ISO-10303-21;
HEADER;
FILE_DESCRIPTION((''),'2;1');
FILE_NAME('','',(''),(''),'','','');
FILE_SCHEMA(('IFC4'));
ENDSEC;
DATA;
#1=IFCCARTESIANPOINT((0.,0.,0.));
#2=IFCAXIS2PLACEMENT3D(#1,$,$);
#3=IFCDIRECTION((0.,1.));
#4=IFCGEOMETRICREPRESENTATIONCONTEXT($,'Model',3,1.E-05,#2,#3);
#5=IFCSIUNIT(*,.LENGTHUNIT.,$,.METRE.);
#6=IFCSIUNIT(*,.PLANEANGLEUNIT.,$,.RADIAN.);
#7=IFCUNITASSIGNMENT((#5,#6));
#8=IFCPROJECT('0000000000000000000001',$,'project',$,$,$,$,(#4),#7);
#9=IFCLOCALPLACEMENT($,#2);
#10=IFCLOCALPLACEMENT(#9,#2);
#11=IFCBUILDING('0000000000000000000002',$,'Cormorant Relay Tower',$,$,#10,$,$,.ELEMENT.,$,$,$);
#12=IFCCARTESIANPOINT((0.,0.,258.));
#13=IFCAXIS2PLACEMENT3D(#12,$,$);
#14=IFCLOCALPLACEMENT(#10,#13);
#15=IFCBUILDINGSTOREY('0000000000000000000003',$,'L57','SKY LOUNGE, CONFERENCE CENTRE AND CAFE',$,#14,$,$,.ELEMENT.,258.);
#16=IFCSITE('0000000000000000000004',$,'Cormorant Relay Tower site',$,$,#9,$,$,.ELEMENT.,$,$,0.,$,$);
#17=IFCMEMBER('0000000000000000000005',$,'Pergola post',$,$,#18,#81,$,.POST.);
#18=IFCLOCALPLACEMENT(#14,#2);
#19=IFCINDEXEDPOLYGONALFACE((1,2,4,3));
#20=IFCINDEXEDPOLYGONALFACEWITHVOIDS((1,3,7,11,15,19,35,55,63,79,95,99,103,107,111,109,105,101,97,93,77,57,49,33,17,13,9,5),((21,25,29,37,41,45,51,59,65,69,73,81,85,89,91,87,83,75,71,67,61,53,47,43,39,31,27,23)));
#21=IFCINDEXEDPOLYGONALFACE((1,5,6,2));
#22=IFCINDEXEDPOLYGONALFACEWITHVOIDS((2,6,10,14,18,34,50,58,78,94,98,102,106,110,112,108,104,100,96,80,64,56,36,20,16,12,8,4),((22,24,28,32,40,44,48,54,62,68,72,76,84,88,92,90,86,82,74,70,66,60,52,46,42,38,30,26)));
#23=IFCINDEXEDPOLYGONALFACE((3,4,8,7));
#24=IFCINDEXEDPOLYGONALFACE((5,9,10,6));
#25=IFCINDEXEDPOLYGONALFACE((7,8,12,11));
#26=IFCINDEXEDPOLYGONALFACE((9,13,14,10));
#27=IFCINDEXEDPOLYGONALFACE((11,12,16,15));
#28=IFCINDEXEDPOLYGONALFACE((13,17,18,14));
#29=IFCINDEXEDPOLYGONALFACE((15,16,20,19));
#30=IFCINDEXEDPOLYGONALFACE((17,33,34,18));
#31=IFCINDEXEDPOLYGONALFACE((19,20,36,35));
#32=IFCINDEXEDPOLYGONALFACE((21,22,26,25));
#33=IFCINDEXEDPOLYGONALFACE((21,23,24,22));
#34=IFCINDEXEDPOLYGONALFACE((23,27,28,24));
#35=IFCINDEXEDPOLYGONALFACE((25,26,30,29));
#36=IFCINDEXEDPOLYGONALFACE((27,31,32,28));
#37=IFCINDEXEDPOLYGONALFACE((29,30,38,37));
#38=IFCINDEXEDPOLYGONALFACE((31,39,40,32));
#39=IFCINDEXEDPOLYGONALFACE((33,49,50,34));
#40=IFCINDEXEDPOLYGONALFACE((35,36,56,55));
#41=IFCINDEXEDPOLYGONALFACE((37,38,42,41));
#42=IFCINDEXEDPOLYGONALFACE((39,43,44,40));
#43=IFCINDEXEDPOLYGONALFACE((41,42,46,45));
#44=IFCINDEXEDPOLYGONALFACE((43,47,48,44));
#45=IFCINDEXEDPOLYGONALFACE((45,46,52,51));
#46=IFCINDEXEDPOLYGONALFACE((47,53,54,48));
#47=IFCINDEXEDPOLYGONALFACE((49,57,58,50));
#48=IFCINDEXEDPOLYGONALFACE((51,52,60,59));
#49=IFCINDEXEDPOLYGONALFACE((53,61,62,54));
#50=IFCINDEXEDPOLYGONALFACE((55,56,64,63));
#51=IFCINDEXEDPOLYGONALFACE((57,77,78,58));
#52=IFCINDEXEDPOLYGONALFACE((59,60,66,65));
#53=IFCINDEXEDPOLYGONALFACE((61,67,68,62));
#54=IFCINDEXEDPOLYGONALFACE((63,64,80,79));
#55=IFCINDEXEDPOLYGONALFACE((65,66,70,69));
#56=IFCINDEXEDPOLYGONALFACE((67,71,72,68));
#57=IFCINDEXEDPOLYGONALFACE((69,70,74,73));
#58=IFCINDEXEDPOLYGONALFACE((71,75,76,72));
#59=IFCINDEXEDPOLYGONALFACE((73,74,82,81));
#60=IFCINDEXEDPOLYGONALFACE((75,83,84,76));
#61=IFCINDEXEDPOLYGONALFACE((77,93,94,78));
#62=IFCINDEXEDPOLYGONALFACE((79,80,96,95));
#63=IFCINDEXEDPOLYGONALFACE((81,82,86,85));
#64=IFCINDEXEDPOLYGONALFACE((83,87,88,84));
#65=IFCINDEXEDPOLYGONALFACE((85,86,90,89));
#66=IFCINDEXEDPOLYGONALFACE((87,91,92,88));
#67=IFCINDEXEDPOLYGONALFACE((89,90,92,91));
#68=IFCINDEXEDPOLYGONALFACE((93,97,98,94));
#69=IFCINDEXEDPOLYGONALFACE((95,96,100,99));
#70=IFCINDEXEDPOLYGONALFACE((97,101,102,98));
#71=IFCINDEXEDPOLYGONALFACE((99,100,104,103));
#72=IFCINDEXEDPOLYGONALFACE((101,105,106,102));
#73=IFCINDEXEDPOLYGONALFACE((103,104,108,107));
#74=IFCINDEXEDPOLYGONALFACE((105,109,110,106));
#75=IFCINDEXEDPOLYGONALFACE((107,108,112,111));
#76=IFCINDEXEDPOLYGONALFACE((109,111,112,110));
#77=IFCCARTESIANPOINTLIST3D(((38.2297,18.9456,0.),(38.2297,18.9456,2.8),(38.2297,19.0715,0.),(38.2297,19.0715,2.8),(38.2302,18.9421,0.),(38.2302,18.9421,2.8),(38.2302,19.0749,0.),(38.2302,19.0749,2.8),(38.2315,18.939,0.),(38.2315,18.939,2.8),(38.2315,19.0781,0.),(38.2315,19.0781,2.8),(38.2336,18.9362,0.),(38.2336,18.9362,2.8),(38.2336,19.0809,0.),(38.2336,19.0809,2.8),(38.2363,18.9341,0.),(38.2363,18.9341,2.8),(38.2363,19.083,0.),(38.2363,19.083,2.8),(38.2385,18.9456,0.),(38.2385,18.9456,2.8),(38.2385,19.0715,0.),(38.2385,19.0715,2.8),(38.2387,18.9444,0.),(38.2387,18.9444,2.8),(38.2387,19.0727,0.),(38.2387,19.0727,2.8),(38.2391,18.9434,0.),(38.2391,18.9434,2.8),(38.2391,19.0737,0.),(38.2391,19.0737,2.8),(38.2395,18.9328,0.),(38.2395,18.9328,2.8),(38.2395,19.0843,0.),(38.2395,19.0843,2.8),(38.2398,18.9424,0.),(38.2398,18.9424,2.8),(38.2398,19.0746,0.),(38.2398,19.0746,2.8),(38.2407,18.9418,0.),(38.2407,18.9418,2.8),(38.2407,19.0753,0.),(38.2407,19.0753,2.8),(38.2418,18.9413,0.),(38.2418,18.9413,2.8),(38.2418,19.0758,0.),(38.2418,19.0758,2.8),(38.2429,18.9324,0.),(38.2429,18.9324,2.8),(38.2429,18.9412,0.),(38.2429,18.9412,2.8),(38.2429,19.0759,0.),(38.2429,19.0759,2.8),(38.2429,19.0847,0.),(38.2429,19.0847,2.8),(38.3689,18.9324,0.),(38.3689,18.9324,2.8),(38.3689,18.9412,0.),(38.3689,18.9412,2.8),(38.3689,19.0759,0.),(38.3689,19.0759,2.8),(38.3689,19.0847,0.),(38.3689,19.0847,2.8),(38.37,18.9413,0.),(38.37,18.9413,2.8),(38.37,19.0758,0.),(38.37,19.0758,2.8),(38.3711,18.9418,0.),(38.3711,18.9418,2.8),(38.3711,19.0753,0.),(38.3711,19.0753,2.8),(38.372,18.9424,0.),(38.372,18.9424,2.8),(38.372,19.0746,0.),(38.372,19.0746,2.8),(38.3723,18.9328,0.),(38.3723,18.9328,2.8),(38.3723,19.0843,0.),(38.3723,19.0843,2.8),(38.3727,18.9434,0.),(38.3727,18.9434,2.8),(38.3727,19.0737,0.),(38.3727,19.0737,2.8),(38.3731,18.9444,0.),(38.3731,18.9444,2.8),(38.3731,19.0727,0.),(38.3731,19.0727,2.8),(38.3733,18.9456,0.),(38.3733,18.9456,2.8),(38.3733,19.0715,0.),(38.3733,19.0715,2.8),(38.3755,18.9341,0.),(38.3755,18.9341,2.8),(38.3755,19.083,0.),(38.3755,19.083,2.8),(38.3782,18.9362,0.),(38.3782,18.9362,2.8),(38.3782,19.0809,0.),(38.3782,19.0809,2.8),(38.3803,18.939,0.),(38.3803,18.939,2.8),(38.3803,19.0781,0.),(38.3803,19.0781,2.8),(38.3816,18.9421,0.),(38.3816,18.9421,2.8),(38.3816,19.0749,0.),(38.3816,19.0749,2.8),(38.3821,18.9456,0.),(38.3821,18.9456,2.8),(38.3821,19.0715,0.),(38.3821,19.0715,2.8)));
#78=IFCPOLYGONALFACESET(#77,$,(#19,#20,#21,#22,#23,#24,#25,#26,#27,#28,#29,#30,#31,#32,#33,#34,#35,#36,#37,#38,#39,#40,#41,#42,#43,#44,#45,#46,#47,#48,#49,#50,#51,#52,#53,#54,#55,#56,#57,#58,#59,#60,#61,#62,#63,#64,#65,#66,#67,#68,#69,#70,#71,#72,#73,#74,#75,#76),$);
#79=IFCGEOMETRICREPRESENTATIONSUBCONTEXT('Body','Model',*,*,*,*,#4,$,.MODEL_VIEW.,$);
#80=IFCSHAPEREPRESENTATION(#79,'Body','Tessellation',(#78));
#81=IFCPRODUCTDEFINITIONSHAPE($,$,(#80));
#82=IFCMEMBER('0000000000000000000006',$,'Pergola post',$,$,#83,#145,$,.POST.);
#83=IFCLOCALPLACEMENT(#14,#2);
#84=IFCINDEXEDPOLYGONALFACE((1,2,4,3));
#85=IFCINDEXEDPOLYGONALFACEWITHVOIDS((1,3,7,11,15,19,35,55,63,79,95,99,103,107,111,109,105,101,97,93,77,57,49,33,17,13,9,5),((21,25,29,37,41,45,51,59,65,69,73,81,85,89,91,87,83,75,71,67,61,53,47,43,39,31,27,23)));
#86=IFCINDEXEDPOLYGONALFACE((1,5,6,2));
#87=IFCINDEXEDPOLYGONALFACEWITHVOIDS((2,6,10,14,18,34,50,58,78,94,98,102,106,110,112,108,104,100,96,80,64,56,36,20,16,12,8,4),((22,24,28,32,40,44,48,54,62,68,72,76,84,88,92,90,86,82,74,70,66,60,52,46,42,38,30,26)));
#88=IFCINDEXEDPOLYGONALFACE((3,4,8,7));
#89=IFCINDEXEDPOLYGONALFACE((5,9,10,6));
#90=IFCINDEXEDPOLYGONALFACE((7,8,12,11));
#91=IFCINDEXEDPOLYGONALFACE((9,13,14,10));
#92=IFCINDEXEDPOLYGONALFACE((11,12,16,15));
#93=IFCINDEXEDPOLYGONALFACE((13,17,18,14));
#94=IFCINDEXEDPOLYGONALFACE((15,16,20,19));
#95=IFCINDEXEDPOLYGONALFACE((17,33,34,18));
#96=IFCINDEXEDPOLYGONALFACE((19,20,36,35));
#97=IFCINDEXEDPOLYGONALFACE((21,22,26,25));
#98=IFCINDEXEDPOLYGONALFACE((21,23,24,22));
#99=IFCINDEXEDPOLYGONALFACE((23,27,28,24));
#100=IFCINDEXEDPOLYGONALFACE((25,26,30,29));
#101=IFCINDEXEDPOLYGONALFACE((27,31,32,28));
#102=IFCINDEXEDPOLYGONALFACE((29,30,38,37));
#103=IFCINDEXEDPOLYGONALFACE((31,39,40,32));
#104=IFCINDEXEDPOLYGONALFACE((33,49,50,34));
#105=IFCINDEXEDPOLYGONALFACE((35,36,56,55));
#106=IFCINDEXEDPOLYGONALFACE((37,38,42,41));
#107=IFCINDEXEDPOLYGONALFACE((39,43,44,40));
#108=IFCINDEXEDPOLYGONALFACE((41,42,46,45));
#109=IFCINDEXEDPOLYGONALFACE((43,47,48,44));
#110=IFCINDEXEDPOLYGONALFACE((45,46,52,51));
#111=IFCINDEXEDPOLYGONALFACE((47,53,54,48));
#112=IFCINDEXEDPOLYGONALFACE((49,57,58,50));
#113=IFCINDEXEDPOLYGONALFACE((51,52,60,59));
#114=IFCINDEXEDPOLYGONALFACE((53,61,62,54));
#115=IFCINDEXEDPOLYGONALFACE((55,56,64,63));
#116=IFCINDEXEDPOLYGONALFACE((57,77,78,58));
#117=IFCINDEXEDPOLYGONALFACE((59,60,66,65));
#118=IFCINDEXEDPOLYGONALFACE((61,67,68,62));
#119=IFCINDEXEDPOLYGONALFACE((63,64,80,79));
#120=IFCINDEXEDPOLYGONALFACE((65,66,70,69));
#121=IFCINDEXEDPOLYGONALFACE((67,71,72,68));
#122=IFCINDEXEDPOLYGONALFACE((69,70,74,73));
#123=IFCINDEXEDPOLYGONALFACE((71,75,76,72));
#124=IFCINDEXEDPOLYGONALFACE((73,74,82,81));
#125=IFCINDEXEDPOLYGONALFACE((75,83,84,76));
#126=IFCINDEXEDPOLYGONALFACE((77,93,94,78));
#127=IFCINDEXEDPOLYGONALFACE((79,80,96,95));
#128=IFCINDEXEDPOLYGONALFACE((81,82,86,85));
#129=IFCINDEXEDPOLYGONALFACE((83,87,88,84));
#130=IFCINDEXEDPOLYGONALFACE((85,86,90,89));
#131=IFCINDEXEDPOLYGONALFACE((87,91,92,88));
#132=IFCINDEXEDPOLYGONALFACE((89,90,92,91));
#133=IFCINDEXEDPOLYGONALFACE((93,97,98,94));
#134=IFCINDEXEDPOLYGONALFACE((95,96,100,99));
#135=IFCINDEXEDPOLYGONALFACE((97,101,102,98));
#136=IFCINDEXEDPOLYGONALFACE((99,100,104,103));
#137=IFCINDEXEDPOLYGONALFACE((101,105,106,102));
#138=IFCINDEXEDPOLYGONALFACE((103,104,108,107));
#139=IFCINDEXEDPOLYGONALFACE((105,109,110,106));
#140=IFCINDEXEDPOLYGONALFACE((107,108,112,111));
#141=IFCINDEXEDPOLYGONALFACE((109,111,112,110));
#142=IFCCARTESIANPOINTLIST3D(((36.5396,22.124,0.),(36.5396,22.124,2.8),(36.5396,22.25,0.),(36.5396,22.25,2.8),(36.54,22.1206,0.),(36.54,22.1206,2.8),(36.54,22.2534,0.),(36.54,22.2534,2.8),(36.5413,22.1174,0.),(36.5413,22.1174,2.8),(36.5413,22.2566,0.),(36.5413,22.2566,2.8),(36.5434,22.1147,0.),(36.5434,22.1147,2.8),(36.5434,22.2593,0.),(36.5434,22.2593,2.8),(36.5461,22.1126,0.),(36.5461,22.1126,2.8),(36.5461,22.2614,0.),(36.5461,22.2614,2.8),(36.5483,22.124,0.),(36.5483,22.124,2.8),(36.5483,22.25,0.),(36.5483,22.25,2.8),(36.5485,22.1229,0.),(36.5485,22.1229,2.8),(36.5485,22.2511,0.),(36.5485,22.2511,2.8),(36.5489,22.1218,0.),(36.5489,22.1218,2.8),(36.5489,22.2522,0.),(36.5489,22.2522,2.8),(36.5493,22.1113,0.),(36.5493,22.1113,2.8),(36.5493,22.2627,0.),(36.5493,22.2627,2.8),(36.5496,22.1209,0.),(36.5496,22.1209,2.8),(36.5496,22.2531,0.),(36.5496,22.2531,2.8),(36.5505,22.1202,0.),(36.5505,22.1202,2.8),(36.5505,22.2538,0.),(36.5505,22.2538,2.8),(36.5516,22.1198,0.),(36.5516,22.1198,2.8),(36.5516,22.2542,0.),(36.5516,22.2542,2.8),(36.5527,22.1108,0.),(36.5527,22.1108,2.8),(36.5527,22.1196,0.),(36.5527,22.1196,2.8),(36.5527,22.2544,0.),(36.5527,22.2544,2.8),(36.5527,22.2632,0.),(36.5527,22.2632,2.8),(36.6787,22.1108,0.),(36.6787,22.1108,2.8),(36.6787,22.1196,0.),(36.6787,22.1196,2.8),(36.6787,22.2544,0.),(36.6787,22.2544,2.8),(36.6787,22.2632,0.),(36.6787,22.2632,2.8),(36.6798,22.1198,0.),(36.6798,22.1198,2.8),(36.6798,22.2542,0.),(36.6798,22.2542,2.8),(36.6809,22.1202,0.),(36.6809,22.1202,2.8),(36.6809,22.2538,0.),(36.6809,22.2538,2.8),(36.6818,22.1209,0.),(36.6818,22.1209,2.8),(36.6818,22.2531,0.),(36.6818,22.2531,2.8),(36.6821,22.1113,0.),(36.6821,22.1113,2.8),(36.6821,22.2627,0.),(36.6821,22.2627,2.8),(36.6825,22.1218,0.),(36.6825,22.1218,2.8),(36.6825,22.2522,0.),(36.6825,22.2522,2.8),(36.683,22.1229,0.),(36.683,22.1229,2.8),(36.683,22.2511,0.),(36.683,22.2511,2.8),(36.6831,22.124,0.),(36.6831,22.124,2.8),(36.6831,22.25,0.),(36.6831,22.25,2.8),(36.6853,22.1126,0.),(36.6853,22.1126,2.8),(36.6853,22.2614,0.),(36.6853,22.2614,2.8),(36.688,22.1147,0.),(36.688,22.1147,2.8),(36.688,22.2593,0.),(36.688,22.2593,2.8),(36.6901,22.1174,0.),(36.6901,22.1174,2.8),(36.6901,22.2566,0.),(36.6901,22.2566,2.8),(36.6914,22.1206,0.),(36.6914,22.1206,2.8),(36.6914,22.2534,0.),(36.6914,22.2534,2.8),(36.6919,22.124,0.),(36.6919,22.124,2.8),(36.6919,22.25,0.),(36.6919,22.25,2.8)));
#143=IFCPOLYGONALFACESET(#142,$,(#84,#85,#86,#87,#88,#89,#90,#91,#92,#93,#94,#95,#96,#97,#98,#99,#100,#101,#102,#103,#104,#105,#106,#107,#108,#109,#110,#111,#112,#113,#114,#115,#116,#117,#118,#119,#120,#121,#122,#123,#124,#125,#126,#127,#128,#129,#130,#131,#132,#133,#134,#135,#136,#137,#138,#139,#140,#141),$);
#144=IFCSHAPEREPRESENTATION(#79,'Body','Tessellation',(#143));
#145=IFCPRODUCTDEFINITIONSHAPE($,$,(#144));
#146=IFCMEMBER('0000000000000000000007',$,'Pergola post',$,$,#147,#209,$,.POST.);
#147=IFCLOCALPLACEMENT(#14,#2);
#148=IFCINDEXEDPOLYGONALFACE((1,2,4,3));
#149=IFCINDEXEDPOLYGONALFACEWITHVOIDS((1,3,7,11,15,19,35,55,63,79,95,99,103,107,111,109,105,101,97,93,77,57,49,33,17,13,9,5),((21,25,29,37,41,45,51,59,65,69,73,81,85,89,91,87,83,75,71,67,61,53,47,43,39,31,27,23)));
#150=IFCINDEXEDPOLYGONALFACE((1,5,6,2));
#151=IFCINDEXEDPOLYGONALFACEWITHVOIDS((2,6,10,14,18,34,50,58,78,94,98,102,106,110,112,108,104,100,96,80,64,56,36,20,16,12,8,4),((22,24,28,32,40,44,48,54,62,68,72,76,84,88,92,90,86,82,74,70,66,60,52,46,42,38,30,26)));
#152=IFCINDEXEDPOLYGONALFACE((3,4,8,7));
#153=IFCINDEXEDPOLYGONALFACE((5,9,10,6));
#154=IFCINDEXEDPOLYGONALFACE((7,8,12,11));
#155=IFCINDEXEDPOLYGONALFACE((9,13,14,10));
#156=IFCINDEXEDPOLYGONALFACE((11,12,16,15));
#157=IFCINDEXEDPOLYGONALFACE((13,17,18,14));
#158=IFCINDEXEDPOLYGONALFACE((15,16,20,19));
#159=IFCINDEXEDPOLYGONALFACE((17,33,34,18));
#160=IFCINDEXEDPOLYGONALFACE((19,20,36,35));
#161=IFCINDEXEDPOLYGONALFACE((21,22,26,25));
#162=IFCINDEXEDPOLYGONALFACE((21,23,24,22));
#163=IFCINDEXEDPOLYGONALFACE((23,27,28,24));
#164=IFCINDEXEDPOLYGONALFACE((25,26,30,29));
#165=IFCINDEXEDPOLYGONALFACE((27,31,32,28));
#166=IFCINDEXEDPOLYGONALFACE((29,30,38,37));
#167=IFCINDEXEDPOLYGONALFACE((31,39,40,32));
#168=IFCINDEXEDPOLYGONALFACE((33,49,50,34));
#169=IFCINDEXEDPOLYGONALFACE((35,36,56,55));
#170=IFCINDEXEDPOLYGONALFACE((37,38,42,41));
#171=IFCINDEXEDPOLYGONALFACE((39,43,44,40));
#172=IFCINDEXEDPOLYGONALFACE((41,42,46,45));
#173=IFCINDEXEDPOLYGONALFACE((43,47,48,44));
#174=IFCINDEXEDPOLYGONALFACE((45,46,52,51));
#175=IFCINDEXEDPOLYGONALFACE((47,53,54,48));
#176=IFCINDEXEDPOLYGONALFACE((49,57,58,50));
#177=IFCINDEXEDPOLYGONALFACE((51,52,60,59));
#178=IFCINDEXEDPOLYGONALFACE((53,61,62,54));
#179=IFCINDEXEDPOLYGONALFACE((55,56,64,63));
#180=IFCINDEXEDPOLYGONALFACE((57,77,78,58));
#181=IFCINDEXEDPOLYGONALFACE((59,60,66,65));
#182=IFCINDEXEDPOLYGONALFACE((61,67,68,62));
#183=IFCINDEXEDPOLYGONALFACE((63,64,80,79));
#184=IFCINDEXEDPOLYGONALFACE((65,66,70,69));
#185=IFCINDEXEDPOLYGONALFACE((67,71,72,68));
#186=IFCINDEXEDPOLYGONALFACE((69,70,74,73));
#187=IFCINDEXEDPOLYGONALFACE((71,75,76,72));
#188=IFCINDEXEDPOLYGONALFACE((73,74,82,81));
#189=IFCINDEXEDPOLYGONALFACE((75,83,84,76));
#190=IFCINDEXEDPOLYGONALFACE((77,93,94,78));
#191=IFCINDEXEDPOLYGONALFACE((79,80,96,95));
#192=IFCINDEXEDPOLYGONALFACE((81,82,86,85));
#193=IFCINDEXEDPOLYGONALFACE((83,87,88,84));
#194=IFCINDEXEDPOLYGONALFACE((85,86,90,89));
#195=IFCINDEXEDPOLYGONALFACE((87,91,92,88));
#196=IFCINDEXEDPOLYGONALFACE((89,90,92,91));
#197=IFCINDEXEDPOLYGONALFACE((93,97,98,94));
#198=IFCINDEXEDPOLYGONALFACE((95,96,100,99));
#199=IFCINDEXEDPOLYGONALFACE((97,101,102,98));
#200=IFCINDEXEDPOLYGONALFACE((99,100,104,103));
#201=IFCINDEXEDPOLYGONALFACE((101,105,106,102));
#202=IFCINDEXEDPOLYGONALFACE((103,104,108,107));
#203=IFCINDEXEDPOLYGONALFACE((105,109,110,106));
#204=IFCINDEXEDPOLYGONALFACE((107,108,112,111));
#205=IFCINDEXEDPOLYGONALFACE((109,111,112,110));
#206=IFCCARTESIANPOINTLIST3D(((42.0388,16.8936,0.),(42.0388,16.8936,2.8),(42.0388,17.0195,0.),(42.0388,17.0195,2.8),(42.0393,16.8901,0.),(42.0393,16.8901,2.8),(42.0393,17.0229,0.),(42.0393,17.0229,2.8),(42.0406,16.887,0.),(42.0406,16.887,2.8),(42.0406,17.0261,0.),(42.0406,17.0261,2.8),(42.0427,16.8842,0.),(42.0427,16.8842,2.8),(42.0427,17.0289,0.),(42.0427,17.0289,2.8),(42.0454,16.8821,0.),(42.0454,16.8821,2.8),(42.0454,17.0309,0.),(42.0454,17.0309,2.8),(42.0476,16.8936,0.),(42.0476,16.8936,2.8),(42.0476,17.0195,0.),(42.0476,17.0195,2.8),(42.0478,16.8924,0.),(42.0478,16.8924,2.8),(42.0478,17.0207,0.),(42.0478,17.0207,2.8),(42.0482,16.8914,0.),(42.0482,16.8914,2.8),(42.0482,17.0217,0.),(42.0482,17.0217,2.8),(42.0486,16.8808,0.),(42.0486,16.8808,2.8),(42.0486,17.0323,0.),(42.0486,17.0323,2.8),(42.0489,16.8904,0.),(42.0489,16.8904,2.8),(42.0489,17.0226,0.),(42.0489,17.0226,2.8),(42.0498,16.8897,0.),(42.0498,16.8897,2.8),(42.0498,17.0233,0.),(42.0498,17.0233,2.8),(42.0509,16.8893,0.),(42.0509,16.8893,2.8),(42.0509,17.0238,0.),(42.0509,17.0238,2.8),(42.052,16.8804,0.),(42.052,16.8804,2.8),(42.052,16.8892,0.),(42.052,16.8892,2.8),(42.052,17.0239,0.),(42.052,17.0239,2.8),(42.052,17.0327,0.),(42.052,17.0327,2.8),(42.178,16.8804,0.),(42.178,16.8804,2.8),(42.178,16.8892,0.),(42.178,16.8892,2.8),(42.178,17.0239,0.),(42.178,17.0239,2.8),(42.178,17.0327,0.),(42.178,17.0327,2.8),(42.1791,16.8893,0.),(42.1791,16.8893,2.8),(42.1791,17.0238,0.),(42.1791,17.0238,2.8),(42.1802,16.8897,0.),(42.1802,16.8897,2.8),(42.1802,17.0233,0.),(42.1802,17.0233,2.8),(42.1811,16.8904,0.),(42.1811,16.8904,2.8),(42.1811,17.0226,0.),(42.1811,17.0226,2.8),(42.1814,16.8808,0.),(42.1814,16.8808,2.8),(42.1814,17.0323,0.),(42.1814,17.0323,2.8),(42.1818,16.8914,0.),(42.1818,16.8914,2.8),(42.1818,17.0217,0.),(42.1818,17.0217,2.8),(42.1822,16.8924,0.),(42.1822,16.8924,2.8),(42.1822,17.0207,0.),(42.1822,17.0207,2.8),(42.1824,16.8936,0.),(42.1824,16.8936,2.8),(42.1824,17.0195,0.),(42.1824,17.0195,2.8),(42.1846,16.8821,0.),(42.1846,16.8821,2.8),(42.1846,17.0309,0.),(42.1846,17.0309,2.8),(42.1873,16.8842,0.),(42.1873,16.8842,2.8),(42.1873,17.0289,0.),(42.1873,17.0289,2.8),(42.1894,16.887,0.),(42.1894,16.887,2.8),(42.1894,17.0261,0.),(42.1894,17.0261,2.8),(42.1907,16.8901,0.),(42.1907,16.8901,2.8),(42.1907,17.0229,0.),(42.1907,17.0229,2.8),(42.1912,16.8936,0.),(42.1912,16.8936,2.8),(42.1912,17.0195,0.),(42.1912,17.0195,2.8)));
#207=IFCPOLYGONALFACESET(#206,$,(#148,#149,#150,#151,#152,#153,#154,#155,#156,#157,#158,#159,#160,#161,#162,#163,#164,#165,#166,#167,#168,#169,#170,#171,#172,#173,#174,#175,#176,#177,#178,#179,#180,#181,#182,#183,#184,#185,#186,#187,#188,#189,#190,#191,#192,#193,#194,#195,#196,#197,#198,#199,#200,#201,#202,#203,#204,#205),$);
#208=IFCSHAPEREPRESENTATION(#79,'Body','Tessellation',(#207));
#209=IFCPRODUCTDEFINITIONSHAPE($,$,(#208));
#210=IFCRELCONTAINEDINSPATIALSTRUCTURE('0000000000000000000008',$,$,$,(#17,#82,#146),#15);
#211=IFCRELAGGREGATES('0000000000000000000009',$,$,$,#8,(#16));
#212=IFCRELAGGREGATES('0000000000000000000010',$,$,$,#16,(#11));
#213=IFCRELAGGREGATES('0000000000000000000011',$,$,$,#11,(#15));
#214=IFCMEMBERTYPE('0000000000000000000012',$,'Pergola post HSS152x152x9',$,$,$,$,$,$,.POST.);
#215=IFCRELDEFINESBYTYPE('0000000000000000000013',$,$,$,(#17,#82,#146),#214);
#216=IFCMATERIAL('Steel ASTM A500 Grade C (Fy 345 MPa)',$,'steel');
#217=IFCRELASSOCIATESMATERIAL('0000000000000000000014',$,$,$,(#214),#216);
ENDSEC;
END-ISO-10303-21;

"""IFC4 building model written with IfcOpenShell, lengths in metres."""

from ifc_helpers import new_model, si_unit, direction, frame, origin, origin_2d, place, context, subcontext, project, spatial, hollow_rectangle, extrude, material, material_profile, profile_set, type_object, element, save


model = new_model("IFC4")

# Units and contexts
model_context = context("Model", 3, precision=1e-05, world=origin(), true_north=direction((0.0, 1.0)))
body_context = subcontext(model_context, "Body", "Model", "MODEL_VIEW")
ifc_project = project(units=[si_unit("LENGTHUNIT", "METRE"), si_unit("PLANEANGLEUNIT", "RADIAN")], contexts=[model_context])

# Site, building, storey
site_placement = place(None, origin())
site = spatial("IfcSite", under=ifc_project, at=site_placement, Name="Cormorant Relay Tower site", CompositionType="ELEMENT", RefElevation=0.0)
building_placement = place(site_placement, origin())
building = spatial("IfcBuilding", under=site, at=building_placement, Name="Cormorant Relay Tower", CompositionType="ELEMENT")
storey_placement = place(building_placement, frame((0.0, 0.0, 258.0)))
storey = spatial("IfcBuildingStorey", under=building, at=storey_placement, Name="L57", Description="SKY LOUNGE, CONFERENCE CENTRE AND CAFE", CompositionType="ELEMENT", Elevation=258.0)

# Members
ifc_material_1 = material(Name="Steel ASTM A500 Grade C (Fy 345 MPa)", Category="steel")
ifc_material_profile_1 = material_profile(ifc_material_1, hollow_rectangle(XDim=0.1523, YDim=0.1523, WallThickness=0.0088, InnerFilletRadius=0.0044, OuterFilletRadius=0.0132, at=origin_2d()), Name="HSS152x152x9")
ifc_profile_set_1 = profile_set([ifc_material_profile_1], Name="Steel ASTM A500 Grade C (Fy 345 MPa)")
member_type_1 = type_object("IfcMemberType", Name="Pergola post HSS152x152x9", PredefinedType="POST", material=ifc_profile_set_1)
for number, where, z_axis, x_axis, name in (
    (1, (38.3059, 19.0085, 0.0), (0.0, 0.0, 1.0), (1.0, 0.0, 0.0), "Pergola post"),
    (2, (36.6157, 22.187, 0.0), (0.0, 0.0, 1.0), (1.0, 0.0, 0.0), "Pergola post"),
    (3, (42.115, 16.9565, 0.0), (0.0, 0.0, 1.0), (1.0, 0.0, 0.0), "Pergola post"),
):
    element("IfcMember", number, at=place(storey_placement, frame(where, z_axis=z_axis, x_axis=x_axis)), inside=storey, type_object=member_type_1, Name=name, PredefinedType="POST", context=body_context, shape_type="SweptSolid", body=[
        extrude(hollow_rectangle(XDim=0.1523, YDim=0.1523, WallThickness=0.0088, InnerFilletRadius=0.0044, OuterFilletRadius=0.0132, at=origin_2d()), origin(), (0.0, 0.0, 1.0), 2.8),
    ])

save(model, "model.ifc")
